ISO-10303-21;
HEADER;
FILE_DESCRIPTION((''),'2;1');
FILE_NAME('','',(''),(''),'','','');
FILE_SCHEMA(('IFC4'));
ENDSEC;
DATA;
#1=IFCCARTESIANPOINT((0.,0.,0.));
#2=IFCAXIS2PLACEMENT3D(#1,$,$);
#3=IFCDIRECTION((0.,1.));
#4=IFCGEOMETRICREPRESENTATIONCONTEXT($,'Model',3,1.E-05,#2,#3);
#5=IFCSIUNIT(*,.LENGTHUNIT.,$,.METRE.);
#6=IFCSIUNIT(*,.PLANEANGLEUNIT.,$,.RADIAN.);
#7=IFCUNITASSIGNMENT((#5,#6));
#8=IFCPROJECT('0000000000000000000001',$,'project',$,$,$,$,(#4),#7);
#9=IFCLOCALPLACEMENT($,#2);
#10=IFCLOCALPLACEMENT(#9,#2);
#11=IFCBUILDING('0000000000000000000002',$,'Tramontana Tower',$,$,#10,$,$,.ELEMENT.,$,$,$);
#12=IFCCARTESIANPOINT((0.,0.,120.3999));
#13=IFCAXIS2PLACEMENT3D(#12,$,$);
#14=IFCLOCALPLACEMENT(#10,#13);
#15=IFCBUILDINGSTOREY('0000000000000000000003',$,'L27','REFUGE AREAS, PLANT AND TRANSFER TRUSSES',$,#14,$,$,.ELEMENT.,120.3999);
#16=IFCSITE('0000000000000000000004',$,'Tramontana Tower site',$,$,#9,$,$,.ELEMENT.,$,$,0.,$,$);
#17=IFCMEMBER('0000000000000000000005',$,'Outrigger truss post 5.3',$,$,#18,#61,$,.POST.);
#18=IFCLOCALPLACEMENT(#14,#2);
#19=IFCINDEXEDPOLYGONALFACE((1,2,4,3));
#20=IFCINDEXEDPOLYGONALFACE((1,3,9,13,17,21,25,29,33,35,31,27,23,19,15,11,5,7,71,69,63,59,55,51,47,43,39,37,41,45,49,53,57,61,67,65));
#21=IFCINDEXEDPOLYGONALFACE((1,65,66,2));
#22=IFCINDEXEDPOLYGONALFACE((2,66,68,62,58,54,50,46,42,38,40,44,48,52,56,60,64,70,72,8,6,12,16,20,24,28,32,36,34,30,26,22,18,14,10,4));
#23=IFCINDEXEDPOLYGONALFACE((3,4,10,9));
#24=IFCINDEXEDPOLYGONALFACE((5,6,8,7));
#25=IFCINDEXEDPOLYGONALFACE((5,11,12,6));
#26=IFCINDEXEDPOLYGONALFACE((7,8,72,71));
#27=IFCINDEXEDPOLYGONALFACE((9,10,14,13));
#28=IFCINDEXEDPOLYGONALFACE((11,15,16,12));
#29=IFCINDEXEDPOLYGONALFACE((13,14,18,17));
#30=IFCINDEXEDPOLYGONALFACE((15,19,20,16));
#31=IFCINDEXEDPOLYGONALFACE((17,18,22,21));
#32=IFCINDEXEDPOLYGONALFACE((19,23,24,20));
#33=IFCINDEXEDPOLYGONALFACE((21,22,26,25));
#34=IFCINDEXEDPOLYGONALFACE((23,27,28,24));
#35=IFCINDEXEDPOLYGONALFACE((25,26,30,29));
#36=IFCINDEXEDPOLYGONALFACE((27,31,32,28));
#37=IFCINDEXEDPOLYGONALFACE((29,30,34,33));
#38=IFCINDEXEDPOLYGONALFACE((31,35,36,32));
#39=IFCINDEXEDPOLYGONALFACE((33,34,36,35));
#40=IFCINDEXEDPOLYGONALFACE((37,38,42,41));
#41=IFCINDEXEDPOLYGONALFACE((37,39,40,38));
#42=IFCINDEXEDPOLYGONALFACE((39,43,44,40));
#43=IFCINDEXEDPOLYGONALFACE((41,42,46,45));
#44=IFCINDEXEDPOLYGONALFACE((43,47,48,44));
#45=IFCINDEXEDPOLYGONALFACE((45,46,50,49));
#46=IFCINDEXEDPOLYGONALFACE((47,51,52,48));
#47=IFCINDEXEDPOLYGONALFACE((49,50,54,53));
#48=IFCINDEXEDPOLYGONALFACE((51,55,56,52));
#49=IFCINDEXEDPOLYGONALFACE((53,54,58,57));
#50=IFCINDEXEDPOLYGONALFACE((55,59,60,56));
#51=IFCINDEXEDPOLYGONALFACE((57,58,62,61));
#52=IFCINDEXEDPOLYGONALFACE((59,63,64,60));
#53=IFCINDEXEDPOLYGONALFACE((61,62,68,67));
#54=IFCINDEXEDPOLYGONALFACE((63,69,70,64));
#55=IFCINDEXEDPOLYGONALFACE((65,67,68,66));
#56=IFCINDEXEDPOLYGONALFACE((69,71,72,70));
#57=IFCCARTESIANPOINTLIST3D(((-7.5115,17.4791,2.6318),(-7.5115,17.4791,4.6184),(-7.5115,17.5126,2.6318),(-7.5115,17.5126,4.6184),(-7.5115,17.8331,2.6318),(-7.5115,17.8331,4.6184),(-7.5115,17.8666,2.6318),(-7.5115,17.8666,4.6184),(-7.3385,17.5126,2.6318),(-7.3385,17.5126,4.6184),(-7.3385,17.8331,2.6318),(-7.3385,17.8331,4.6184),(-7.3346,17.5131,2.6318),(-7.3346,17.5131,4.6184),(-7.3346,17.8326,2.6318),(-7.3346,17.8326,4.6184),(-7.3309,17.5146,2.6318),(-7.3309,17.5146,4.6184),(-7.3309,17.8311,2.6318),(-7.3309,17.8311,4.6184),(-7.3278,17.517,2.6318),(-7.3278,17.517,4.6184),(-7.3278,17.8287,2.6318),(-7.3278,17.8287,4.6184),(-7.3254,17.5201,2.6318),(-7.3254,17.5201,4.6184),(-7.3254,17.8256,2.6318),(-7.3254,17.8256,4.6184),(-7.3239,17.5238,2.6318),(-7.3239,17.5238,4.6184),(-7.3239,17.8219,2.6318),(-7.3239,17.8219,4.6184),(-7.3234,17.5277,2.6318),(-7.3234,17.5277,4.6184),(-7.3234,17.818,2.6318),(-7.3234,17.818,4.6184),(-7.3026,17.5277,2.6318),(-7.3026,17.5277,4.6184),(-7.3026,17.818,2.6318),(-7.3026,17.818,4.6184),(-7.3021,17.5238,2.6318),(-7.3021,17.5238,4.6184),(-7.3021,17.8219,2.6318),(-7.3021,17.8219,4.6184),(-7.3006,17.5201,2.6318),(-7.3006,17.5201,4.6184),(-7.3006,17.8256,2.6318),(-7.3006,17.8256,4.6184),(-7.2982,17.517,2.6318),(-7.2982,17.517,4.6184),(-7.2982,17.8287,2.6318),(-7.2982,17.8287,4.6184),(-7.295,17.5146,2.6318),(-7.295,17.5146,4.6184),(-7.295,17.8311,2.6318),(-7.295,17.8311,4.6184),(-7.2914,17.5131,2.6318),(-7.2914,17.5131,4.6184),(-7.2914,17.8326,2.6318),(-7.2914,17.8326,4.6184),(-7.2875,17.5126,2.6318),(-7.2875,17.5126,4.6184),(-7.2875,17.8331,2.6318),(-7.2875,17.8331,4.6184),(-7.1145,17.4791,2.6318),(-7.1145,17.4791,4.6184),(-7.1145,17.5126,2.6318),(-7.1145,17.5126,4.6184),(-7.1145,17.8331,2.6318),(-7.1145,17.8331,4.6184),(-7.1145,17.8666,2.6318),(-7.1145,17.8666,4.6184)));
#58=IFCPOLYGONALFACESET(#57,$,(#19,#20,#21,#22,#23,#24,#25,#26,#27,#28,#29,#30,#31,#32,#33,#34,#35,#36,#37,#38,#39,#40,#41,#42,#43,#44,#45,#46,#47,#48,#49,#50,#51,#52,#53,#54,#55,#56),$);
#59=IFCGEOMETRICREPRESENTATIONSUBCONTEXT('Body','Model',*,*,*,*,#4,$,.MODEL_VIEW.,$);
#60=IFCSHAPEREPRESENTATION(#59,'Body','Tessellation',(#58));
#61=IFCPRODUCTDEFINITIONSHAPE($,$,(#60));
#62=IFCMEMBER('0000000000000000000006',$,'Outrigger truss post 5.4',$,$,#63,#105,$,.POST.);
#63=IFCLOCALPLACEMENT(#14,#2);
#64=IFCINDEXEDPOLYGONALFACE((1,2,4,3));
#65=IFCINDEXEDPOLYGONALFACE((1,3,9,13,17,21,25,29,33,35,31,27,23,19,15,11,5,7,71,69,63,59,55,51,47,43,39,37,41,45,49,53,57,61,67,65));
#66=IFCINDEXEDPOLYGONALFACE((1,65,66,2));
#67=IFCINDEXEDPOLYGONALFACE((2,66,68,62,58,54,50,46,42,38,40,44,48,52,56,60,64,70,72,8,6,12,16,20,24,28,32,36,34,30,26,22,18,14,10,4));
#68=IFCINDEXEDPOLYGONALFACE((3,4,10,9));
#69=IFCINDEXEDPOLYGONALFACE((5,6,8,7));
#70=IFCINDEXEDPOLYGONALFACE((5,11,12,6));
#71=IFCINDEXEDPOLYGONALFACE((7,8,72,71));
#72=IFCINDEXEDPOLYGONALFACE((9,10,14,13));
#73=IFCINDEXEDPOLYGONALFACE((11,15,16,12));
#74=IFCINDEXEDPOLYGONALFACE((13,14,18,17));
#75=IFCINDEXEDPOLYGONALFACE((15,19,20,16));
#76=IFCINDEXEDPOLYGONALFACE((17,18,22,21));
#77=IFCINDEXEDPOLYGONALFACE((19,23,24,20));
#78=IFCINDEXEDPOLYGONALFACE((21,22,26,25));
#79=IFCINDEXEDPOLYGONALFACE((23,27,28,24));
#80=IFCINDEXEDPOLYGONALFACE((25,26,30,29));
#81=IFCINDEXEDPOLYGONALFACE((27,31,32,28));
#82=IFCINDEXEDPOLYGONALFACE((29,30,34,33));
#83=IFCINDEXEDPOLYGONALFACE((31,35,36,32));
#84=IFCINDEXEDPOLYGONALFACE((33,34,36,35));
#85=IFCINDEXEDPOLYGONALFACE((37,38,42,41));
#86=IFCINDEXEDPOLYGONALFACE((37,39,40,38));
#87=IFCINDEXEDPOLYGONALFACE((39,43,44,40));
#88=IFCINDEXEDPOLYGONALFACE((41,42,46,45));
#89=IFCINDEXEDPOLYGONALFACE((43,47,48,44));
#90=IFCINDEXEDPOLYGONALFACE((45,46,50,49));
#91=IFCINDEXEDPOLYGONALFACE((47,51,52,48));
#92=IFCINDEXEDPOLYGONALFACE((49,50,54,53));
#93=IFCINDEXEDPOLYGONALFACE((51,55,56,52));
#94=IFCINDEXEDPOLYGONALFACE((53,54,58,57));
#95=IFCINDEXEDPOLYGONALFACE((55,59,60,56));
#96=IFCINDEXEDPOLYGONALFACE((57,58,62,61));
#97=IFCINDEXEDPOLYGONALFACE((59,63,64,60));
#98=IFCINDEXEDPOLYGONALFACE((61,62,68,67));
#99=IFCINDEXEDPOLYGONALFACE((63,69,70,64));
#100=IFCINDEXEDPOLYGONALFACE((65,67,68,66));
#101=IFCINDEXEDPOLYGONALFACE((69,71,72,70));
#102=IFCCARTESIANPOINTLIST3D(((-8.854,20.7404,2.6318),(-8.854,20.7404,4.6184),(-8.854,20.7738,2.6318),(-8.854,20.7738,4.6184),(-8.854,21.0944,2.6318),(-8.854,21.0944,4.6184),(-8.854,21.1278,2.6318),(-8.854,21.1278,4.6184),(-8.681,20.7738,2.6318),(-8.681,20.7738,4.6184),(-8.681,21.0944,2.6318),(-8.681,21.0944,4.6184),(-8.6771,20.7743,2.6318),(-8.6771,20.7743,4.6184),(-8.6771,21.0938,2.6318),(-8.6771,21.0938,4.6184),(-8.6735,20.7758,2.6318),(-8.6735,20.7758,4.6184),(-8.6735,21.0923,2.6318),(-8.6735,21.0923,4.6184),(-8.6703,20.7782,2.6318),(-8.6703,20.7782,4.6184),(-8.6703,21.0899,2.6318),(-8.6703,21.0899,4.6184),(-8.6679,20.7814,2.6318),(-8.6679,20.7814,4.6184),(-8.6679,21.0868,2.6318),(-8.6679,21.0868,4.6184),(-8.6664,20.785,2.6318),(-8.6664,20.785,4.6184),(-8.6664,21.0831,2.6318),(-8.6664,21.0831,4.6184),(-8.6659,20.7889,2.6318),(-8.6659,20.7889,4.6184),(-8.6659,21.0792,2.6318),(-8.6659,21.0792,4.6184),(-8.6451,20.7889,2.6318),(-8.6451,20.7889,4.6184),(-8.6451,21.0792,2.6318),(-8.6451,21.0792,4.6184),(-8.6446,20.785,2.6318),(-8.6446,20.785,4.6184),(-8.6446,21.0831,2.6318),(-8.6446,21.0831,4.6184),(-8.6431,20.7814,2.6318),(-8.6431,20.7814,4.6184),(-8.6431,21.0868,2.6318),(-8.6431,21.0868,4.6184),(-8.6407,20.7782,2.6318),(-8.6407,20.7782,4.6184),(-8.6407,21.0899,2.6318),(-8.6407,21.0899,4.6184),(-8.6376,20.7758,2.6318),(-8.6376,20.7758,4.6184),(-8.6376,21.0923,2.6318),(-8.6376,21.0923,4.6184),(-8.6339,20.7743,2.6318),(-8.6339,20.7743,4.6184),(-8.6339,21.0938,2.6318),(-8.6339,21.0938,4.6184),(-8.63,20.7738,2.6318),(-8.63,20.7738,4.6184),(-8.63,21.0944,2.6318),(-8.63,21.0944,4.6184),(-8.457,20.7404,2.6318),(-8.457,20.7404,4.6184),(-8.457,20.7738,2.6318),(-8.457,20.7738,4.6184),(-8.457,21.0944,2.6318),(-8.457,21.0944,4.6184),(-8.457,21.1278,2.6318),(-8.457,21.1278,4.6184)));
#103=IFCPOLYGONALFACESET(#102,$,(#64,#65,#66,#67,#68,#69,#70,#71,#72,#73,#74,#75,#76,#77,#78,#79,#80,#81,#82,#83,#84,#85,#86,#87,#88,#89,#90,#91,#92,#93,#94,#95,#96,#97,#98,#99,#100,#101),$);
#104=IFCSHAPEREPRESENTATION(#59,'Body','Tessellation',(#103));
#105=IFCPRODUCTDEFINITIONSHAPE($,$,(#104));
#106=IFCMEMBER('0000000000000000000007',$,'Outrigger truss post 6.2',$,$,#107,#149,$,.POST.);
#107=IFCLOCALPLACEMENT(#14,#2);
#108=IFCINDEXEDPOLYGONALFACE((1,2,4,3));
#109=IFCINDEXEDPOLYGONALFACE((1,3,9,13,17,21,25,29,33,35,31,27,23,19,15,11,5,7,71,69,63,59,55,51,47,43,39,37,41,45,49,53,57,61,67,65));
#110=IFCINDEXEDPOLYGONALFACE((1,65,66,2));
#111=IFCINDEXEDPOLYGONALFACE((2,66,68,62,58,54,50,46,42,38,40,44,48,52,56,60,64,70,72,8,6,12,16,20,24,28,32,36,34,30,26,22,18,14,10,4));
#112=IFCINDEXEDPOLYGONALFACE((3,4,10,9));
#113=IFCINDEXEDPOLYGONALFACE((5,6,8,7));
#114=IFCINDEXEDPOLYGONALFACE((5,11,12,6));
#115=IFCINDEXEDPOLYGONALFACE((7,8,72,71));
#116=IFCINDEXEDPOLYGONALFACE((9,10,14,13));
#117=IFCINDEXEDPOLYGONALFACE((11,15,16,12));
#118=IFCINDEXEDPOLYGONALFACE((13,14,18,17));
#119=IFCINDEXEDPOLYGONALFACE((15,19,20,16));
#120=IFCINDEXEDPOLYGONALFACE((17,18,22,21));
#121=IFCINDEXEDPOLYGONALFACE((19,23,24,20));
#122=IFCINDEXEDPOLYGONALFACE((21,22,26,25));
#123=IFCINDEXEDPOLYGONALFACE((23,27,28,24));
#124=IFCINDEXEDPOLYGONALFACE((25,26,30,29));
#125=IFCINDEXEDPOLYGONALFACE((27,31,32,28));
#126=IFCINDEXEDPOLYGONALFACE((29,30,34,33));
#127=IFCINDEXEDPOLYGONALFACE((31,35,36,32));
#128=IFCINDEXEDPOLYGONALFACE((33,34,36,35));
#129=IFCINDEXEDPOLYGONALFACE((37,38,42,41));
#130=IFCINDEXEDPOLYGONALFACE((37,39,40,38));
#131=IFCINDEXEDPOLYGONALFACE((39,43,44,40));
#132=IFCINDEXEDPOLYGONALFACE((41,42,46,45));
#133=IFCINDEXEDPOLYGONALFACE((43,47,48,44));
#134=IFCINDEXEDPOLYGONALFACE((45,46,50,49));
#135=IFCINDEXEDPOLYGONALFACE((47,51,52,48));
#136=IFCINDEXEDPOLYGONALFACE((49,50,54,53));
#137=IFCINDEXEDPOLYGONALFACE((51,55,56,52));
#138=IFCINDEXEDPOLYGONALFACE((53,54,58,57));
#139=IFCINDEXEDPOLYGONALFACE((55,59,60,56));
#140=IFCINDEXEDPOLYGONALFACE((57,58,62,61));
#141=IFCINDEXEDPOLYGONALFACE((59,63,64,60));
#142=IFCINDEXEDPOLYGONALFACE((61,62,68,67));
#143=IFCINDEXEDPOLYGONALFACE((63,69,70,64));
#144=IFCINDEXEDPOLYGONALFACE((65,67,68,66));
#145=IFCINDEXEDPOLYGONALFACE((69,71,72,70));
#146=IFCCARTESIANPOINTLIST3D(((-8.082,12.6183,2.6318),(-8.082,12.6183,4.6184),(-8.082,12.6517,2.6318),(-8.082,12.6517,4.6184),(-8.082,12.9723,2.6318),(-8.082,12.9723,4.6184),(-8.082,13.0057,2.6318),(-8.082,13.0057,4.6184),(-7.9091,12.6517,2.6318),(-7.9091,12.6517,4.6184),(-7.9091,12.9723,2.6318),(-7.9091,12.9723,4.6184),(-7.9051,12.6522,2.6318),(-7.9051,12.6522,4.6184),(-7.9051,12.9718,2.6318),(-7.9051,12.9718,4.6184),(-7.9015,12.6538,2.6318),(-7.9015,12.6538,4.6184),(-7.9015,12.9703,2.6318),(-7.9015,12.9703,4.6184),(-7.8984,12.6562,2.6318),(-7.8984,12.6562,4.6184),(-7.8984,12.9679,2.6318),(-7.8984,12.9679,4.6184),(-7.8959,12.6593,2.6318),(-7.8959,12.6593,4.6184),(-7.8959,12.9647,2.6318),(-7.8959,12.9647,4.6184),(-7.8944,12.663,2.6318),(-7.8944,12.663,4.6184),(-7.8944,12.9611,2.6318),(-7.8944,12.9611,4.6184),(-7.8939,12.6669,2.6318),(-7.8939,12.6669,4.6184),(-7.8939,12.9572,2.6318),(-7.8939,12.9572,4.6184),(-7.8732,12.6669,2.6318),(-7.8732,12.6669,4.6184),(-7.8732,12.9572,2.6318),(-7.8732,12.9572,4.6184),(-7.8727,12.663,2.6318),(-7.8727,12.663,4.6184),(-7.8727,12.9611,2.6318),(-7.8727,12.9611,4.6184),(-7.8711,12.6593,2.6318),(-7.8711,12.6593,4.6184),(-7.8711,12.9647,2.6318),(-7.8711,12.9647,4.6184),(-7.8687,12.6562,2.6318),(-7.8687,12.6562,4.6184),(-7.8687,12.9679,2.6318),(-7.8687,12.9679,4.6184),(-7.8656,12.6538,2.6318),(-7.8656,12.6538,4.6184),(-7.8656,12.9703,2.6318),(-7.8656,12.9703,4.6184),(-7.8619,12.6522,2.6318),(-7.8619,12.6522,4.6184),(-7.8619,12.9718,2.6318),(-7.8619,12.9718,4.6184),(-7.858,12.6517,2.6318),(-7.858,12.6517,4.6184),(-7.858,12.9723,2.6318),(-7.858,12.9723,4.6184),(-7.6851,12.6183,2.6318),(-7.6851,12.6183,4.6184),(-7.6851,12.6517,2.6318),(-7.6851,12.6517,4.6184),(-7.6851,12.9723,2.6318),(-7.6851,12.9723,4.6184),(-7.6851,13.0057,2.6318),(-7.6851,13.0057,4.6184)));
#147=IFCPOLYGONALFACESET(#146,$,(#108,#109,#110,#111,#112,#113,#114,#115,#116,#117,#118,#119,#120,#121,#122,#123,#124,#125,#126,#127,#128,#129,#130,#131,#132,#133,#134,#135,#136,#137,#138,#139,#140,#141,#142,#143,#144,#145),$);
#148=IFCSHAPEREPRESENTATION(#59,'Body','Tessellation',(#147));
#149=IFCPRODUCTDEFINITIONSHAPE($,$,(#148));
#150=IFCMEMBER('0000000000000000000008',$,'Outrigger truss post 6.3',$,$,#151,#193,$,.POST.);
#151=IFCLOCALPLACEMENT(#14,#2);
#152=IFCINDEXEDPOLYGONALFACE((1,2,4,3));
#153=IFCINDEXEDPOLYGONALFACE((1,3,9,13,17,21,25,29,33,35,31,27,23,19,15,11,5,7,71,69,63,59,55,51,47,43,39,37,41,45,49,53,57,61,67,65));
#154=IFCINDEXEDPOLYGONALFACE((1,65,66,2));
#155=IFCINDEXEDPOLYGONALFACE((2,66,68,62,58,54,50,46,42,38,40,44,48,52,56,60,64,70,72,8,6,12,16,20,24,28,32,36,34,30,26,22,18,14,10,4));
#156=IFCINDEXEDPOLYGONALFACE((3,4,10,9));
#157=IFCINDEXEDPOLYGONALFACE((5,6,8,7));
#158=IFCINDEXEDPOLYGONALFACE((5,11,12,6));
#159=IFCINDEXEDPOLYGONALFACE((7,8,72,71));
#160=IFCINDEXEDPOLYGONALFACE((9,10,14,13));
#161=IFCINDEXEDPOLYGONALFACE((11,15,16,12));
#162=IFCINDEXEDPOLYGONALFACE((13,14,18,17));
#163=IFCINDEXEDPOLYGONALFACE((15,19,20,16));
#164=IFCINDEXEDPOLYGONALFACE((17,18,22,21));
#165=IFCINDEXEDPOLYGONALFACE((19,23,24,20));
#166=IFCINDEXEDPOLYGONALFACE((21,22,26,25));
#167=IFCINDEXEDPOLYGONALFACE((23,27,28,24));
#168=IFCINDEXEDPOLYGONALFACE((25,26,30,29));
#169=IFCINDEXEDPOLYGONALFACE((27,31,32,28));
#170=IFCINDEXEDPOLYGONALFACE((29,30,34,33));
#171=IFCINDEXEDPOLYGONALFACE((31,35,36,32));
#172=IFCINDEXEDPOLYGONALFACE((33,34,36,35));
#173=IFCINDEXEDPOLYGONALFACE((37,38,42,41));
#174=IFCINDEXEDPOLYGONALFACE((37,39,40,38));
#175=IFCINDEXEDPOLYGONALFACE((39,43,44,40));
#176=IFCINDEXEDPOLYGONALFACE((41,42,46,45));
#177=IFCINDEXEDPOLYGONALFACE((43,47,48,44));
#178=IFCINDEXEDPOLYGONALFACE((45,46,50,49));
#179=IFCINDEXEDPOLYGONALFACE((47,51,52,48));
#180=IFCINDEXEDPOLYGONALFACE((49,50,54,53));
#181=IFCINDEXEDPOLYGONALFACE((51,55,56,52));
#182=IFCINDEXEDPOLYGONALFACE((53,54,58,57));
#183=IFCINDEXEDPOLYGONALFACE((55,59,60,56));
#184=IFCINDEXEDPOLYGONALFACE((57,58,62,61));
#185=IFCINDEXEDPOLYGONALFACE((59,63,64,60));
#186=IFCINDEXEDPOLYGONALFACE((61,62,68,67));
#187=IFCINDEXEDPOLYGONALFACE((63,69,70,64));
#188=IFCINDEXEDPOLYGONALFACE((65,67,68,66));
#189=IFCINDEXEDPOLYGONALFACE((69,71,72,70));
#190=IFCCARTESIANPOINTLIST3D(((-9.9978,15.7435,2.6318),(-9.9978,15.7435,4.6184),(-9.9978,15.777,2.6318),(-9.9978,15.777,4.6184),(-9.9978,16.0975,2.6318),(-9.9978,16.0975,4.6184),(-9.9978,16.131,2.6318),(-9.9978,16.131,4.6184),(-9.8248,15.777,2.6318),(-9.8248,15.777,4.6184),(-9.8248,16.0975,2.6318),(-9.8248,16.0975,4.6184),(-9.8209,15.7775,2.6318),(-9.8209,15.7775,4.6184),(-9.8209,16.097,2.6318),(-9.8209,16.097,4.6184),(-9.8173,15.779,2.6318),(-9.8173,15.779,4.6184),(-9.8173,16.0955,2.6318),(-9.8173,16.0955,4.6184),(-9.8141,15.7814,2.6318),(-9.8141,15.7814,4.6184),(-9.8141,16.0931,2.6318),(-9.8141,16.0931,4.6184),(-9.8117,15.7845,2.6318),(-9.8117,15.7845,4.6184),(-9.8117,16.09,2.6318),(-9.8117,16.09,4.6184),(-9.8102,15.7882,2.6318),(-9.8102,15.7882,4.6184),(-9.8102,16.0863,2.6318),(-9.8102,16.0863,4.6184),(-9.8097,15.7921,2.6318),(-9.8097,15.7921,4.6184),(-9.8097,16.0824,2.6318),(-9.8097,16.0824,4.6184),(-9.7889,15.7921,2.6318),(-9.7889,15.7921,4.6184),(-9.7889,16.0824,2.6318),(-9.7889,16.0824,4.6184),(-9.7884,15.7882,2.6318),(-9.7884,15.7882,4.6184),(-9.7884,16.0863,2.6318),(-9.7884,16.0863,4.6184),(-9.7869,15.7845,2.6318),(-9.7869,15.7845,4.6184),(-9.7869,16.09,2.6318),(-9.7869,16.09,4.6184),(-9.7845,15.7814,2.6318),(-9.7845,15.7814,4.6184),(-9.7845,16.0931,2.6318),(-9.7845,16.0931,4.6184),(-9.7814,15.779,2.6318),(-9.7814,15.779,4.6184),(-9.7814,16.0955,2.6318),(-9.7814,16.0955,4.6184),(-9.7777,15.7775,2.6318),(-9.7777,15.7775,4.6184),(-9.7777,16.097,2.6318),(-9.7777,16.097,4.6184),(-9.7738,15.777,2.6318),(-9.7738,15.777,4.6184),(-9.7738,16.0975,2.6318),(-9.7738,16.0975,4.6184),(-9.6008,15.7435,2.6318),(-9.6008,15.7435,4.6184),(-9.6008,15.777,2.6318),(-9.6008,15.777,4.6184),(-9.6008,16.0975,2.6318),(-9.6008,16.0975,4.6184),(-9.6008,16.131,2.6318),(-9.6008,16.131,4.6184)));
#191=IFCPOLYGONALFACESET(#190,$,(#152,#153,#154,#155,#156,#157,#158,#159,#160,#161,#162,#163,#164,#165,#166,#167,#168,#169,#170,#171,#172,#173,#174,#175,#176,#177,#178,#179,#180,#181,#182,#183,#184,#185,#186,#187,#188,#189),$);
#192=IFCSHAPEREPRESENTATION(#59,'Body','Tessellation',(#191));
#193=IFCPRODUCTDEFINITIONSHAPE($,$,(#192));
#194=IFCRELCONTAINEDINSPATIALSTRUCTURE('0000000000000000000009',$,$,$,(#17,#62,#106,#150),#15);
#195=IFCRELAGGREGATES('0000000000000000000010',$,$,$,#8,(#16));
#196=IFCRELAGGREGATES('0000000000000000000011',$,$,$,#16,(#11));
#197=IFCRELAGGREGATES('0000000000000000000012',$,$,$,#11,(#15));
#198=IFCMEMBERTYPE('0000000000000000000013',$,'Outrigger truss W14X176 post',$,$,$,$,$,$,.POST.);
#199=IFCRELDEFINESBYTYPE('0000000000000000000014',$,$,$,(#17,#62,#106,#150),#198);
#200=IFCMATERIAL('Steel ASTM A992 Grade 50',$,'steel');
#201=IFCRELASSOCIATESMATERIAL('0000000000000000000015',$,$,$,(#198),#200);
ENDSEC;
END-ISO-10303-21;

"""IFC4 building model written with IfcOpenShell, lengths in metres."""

from ifc_helpers import new_model, si_unit, direction, frame, origin, origin_2d, place, context, subcontext, project, spatial, i_section, extrude, material, material_profile, profile_set, type_object, element, save


model = new_model("IFC4")

# Units and contexts
model_context = context("Model", 3, precision=1e-05, world=origin(), true_north=direction((0.0, 1.0)))
body_context = subcontext(model_context, "Body", "Model", "MODEL_VIEW")
ifc_project = project(units=[si_unit("LENGTHUNIT", "METRE"), si_unit("PLANEANGLEUNIT", "RADIAN")], contexts=[model_context])

# Site, building, storey
site_placement = place(None, origin())
site = spatial("IfcSite", under=ifc_project, at=site_placement, Name="Tramontana Tower site", CompositionType="ELEMENT", RefElevation=0.0)
building_placement = place(site_placement, origin())
building = spatial("IfcBuilding", under=site, at=building_placement, Name="Tramontana Tower", CompositionType="ELEMENT")
storey_placement = place(building_placement, frame((0.0, 0.0, 120.3999)))
storey = spatial("IfcBuildingStorey", under=building, at=storey_placement, Name="L27", Description="REFUGE AREAS, PLANT AND TRANSFER TRUSSES", CompositionType="ELEMENT", Elevation=120.3999)

# Members
ifc_material_1 = material(Name="Steel ASTM A992 Grade 50", Category="steel")
ifc_material_profile_1 = material_profile(ifc_material_1, i_section(OverallWidth=0.397, OverallDepth=0.3875, WebThickness=0.0208, FlangeThickness=0.0334, FilletRadius=0.0151, at=origin_2d()), Name="W14X176")
ifc_profile_set_1 = profile_set([ifc_material_profile_1], Name="Steel ASTM A992 Grade 50")
member_type_1 = type_object("IfcMemberType", Name="Outrigger truss W14X176 post", PredefinedType="POST", material=ifc_profile_set_1)
for number, where, z_axis, x_axis, name in (
    (1, (-7.313, 17.6729, 2.6318), (0.0, 0.0, 1.0), (1.0, 0.0, 0.0), "Outrigger truss post 5.3"),
    (2, (-8.6555, 20.9341, 2.6318), (0.0, 0.0, 1.0), (1.0, 0.0, 0.0), "Outrigger truss post 5.4"),
    (3, (-7.8835, 12.812, 2.6318), (0.0, 0.0, 1.0), (1.0, 0.0, 0.0), "Outrigger truss post 6.2"),
    (4, (-9.7993, 15.9373, 2.6318), (0.0, 0.0, 1.0), (1.0, 0.0, 0.0), "Outrigger truss post 6.3"),
):
    element("IfcMember", number, at=place(storey_placement, frame(where, z_axis=z_axis, x_axis=x_axis)), inside=storey, type_object=member_type_1, Name=name, PredefinedType="POST", context=body_context, shape_type="SweptSolid", body=[
        extrude(i_section(OverallWidth=0.397, OverallDepth=0.3875, WebThickness=0.0208, FlangeThickness=0.0334, FilletRadius=0.0151, at=origin_2d()), origin(), (0.0, 0.0, 1.0), 1.9866),
    ])

save(model, "model.ifc")
